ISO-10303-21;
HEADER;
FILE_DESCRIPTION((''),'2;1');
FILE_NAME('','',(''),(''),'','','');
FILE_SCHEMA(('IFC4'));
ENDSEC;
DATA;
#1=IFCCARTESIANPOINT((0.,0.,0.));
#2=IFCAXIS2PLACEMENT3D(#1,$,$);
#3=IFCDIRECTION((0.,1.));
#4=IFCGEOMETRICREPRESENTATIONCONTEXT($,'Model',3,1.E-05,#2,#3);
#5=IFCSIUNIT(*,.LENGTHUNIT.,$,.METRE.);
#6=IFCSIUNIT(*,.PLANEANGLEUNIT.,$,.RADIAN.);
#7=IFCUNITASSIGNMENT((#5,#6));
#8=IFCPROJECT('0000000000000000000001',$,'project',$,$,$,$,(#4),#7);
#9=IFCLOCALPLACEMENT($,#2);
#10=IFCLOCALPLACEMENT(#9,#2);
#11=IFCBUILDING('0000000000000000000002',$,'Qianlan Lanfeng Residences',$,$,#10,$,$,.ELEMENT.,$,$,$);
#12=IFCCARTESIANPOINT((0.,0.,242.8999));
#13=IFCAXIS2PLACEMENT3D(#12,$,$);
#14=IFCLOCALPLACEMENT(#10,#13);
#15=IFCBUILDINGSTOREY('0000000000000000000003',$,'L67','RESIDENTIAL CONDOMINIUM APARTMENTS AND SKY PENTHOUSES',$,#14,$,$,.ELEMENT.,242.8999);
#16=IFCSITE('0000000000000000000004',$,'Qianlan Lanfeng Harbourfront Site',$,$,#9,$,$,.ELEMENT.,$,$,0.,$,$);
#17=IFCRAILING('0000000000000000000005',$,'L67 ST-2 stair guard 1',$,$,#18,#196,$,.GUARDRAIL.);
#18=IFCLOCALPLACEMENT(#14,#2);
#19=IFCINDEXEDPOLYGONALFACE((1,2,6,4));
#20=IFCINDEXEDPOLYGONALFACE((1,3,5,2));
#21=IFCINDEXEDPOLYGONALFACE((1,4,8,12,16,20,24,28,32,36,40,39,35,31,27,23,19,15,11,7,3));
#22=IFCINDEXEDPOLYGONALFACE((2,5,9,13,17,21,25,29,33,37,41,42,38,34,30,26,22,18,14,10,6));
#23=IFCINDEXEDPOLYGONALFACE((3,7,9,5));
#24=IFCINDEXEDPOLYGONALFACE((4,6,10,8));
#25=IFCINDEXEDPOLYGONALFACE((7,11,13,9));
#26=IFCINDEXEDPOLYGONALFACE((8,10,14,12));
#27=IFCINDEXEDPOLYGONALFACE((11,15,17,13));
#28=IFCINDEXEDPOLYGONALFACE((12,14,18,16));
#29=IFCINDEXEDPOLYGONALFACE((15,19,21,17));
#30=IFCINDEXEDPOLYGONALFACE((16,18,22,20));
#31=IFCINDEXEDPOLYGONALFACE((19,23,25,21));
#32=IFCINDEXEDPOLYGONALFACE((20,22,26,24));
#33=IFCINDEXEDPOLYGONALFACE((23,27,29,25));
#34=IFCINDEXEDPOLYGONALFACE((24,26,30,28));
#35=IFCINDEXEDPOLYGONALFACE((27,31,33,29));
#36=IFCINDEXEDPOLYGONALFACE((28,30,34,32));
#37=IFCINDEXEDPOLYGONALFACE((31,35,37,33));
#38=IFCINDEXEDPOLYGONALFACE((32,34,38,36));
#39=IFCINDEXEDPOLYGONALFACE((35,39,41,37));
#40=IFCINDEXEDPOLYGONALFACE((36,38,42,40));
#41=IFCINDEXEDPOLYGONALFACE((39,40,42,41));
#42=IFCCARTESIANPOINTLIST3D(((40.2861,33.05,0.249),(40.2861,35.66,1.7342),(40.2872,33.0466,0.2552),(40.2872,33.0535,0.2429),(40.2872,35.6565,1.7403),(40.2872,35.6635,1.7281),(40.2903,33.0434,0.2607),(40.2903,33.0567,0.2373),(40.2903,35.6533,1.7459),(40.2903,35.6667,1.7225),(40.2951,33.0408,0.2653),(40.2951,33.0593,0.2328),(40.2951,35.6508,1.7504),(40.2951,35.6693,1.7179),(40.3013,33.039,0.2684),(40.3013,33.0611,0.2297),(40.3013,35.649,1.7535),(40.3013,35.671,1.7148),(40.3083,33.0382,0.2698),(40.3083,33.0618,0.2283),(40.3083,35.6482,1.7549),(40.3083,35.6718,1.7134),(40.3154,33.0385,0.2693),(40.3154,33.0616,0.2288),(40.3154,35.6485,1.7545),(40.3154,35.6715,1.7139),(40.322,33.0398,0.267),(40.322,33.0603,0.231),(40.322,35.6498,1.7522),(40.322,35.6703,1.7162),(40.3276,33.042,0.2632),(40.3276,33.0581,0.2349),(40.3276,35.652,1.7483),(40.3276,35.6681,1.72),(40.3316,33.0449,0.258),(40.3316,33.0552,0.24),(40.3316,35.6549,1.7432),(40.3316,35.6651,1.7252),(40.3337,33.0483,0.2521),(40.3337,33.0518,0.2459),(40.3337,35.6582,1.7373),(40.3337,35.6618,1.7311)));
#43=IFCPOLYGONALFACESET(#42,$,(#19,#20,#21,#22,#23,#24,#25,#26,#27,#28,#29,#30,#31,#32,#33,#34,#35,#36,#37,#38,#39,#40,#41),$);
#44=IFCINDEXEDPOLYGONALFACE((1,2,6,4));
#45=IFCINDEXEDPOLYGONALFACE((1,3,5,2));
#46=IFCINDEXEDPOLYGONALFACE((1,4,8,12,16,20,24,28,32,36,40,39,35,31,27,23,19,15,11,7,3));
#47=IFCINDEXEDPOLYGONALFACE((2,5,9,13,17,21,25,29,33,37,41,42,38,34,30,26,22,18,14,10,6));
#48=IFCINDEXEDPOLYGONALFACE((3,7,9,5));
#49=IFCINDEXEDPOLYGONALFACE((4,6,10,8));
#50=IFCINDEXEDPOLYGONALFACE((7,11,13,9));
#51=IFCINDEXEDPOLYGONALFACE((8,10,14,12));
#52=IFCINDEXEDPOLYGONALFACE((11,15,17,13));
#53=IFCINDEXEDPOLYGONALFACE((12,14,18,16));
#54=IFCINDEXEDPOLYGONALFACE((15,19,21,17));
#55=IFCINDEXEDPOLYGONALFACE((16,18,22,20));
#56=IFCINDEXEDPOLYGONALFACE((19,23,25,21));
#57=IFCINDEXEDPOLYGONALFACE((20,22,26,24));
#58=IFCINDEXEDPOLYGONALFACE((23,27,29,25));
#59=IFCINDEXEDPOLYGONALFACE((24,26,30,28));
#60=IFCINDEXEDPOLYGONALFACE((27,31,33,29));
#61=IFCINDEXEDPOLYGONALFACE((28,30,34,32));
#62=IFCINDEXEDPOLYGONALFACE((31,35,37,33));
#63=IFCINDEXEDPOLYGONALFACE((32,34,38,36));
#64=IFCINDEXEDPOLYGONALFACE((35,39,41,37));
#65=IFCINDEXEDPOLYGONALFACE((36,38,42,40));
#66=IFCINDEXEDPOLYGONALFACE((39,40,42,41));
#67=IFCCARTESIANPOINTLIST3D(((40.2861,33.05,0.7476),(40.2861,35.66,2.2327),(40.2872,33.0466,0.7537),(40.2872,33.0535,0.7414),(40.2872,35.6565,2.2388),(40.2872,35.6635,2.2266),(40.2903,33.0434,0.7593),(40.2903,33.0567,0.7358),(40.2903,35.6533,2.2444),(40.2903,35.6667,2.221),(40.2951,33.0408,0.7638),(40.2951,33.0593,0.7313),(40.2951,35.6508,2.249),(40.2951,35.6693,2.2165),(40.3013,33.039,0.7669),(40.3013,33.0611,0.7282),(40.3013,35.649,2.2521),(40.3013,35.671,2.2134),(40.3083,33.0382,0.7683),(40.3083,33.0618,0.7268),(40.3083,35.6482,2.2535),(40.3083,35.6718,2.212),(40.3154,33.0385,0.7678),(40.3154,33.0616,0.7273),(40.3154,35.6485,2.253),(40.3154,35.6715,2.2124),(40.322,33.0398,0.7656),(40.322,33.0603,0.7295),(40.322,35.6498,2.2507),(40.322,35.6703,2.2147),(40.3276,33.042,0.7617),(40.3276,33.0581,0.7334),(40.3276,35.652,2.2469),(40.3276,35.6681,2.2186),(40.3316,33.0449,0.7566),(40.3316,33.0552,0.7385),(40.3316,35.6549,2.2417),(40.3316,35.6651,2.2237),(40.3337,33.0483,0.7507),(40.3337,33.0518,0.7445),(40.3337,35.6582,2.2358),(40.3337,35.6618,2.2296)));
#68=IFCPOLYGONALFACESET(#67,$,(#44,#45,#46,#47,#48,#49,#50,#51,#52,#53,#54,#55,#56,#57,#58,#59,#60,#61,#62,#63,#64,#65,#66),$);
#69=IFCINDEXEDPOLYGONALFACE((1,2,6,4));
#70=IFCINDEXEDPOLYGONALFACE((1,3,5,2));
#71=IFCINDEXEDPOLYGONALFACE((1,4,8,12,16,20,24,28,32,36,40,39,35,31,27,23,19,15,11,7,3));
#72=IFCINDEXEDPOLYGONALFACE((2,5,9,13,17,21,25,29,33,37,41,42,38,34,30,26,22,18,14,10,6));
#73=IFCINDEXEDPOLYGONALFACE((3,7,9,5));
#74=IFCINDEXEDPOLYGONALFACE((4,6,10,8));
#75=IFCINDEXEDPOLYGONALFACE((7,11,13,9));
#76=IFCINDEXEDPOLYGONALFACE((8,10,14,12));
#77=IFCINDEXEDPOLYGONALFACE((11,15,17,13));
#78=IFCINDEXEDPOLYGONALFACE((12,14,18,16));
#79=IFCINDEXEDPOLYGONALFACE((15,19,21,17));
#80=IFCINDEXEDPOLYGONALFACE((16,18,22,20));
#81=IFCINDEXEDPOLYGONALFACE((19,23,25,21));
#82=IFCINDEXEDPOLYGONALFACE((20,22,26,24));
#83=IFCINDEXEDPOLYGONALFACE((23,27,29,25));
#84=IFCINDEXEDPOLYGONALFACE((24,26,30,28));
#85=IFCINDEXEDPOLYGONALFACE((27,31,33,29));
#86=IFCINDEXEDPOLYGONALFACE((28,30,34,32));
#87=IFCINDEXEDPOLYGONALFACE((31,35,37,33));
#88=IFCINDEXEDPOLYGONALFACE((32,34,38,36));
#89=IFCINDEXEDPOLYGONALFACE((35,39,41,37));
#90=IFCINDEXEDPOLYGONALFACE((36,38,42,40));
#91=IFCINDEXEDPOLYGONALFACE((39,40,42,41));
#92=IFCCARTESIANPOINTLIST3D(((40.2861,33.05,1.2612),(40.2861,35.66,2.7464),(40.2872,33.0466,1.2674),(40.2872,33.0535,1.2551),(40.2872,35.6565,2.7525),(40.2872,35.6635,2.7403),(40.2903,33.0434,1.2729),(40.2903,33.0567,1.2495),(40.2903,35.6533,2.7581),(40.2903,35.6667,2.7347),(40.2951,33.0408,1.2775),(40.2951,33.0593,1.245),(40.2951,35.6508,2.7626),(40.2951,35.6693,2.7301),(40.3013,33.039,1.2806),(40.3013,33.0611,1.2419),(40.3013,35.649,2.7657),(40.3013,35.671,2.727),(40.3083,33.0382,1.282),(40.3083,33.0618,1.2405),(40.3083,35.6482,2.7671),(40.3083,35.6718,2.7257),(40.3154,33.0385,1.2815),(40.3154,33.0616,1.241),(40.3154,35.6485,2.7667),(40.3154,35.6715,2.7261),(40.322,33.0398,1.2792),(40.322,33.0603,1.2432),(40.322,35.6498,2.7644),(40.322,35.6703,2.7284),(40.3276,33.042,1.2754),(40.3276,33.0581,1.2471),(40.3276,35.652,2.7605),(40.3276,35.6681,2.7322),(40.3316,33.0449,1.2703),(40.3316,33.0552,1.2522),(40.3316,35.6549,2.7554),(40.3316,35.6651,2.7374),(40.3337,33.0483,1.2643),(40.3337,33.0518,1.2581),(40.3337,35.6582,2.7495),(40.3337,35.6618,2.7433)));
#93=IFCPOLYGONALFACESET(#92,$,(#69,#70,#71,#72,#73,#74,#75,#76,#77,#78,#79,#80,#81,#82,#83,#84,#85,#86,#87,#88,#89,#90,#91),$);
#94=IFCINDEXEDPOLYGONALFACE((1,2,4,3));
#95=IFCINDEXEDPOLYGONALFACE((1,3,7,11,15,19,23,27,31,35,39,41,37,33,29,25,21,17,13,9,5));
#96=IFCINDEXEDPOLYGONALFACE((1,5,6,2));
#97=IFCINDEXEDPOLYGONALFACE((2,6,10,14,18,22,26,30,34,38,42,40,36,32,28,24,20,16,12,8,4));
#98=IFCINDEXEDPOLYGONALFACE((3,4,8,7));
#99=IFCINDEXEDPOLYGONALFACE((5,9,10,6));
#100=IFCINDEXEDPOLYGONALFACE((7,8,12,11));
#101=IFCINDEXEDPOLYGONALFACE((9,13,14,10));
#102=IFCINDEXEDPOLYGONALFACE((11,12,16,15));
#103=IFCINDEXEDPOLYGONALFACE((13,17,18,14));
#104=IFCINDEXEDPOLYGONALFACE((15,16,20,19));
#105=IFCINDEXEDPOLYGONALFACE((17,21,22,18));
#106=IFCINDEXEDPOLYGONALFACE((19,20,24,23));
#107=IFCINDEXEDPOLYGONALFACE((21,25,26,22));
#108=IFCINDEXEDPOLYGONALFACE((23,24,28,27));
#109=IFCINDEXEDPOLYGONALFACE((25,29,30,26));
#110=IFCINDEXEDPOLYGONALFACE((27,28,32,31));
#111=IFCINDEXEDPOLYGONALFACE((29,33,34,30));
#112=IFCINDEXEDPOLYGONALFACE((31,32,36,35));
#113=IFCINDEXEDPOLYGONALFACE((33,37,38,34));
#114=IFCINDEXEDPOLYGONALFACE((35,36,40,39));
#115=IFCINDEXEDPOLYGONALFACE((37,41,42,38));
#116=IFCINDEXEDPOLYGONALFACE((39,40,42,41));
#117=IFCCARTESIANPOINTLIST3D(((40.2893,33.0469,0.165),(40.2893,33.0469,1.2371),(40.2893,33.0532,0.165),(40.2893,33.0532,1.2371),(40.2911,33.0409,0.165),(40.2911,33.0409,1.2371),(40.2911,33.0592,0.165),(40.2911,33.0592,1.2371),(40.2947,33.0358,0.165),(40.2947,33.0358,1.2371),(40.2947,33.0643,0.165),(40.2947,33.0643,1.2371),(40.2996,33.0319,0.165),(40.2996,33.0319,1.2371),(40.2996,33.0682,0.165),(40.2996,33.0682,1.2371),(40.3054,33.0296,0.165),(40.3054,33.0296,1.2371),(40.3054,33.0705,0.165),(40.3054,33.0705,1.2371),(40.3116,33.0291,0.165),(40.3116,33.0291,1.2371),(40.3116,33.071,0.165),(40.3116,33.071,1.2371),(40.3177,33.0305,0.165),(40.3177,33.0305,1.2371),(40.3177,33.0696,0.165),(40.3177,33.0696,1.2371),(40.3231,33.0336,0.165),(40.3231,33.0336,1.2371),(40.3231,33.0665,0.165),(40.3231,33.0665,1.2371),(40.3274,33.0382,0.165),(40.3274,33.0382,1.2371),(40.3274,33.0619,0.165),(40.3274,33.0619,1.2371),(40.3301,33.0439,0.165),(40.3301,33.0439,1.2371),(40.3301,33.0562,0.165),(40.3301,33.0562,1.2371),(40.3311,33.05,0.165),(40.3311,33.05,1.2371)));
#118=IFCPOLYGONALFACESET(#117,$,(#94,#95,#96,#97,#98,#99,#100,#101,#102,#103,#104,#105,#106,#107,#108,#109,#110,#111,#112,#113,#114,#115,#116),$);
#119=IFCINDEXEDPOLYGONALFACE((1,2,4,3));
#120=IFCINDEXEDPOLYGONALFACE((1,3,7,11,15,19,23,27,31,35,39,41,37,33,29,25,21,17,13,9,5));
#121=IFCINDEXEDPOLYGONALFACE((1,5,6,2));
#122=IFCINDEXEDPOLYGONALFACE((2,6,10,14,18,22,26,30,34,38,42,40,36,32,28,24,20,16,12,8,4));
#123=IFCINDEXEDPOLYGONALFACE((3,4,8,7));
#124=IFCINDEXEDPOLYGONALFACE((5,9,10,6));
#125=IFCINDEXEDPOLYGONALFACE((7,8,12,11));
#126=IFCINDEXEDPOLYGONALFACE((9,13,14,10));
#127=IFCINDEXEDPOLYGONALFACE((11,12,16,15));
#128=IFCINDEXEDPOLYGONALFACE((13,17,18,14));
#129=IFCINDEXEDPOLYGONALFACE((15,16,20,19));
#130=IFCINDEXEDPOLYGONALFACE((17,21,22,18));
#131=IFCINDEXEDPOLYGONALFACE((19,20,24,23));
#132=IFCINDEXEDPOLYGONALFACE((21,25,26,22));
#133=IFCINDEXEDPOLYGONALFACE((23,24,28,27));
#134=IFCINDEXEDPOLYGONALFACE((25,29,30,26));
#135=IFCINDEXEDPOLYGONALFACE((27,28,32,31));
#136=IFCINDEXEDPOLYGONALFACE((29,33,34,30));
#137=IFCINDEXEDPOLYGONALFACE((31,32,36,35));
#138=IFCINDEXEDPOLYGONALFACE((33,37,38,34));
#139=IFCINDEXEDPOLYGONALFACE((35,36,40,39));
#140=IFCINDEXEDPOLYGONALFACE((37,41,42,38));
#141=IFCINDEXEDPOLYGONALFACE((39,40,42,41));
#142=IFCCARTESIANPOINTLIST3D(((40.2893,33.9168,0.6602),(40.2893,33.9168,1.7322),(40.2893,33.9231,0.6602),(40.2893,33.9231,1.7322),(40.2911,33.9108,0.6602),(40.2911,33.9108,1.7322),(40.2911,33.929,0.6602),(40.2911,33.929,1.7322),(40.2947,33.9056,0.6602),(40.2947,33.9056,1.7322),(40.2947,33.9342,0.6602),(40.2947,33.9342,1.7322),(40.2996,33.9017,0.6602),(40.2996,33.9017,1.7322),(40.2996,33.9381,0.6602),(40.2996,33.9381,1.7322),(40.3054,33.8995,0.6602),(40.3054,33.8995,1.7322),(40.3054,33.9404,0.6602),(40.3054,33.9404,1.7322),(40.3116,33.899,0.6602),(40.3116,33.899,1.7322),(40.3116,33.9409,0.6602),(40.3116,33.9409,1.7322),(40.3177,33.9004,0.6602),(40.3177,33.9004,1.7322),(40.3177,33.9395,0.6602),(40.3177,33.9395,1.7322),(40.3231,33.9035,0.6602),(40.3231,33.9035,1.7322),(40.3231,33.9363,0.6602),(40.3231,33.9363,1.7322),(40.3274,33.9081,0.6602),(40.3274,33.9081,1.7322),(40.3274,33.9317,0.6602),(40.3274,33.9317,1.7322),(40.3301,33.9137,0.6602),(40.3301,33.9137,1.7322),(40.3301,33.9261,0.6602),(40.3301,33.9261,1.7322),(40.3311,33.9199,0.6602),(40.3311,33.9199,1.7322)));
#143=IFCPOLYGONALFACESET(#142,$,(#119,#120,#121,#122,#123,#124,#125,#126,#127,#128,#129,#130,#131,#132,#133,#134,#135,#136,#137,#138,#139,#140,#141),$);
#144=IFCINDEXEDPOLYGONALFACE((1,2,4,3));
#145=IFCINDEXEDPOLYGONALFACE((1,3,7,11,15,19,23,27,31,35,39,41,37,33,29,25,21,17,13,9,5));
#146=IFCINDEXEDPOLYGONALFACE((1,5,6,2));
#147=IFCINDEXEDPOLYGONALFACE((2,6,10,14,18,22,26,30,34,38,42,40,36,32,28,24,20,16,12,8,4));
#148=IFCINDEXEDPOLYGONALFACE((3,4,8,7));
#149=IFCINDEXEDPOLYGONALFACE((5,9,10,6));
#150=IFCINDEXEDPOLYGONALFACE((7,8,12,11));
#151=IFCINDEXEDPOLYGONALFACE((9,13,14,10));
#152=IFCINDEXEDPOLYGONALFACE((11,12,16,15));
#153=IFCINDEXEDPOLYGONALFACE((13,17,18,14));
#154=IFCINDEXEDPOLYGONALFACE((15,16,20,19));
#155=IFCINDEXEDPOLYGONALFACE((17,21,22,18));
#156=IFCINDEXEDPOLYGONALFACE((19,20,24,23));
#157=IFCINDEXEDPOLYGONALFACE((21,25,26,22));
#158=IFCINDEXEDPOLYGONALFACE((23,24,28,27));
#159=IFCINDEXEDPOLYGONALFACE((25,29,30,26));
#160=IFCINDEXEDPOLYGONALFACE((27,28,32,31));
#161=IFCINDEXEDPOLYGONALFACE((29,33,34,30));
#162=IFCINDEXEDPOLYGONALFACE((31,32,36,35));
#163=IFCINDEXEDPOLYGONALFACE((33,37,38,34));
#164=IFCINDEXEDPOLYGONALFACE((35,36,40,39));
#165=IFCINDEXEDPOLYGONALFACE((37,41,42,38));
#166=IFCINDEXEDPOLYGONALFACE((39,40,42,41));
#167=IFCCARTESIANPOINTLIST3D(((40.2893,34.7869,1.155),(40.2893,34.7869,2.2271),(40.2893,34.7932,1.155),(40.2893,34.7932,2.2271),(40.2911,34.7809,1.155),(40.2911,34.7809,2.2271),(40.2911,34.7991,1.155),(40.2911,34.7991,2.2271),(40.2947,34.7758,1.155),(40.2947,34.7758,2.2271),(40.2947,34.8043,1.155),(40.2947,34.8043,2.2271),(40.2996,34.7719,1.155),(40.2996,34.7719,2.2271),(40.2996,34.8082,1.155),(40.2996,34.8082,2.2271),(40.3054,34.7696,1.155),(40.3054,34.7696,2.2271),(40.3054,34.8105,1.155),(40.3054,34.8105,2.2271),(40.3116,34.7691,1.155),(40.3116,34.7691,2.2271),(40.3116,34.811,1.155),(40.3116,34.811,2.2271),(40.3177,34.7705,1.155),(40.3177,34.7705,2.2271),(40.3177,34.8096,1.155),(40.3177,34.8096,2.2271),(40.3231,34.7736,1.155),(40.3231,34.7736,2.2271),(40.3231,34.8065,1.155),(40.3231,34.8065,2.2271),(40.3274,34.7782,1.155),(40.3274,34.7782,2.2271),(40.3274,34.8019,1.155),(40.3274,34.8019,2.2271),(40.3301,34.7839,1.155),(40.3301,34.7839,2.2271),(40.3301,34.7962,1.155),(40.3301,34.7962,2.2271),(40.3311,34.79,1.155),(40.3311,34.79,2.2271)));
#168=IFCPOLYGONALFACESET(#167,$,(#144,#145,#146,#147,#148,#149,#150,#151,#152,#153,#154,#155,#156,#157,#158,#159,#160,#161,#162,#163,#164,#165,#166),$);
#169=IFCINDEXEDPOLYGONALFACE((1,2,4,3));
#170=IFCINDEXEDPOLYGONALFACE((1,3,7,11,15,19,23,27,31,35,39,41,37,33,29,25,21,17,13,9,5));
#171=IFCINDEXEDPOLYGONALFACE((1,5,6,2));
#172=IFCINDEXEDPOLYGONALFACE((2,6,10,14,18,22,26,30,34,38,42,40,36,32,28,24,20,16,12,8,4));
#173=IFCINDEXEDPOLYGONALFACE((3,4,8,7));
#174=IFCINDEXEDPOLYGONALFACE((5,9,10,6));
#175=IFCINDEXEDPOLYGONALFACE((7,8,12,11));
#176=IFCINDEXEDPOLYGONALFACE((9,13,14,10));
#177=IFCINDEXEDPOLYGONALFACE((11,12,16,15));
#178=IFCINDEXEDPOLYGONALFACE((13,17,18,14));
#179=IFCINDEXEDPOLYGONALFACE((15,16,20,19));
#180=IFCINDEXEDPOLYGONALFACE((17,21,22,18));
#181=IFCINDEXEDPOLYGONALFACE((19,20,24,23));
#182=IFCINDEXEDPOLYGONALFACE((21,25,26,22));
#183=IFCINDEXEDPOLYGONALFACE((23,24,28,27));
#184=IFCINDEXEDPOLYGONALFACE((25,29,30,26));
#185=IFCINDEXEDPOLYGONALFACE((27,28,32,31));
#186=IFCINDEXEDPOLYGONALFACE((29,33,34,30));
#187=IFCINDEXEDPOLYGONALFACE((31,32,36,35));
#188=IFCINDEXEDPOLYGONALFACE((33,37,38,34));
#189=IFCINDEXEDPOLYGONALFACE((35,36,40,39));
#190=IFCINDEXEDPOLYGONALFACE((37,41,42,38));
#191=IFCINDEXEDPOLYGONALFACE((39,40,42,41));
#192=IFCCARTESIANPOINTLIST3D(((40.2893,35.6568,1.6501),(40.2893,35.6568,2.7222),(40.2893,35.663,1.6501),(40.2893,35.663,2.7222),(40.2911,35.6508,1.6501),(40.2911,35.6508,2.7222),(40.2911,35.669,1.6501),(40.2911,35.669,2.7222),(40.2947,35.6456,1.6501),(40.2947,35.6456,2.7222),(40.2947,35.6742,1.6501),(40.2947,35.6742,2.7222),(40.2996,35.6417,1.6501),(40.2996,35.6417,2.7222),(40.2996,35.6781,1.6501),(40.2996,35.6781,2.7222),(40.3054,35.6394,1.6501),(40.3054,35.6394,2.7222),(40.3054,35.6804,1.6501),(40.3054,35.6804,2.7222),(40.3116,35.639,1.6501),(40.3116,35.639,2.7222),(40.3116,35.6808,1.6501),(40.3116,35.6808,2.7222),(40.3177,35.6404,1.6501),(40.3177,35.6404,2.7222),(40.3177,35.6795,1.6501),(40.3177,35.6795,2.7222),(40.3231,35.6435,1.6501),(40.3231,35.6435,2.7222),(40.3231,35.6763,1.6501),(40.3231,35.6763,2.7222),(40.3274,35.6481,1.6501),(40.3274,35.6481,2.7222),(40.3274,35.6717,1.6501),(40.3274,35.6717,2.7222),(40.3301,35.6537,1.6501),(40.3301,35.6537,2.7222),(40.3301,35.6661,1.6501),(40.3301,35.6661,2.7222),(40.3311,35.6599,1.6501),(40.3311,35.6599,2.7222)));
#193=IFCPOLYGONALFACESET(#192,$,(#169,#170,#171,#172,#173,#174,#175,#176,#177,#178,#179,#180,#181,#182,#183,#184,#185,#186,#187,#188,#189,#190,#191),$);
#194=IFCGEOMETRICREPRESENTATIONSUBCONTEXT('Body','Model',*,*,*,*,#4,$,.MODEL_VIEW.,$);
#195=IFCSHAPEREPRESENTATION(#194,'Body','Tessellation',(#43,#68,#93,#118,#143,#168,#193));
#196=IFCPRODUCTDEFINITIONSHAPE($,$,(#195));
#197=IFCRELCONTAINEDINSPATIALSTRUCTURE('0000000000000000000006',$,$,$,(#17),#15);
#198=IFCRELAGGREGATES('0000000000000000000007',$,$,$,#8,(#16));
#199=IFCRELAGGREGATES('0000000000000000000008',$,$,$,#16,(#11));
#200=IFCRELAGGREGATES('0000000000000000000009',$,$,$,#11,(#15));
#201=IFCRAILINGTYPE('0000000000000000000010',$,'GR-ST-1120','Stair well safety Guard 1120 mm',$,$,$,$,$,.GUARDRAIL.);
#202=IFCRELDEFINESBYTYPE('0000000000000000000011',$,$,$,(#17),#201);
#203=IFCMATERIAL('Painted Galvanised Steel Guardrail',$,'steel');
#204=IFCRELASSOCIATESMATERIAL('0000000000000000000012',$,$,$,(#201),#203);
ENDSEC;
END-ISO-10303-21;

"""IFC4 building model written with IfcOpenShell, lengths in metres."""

from ifc_helpers import new_model, si_unit, direction, frame, origin, origin_2d, place, context, subcontext, project, spatial, circle, extrude, material, type_object, element, save


model = new_model("IFC4")

# Units and contexts
model_context = context("Model", 3, precision=1e-05, world=origin(), true_north=direction((0.0, 1.0)))
body_context = subcontext(model_context, "Body", "Model", "MODEL_VIEW")
ifc_project = project(units=[si_unit("LENGTHUNIT", "METRE"), si_unit("PLANEANGLEUNIT", "RADIAN")], contexts=[model_context])

# Site, building, storey
site_placement = place(None, origin())
site = spatial("IfcSite", under=ifc_project, at=site_placement, Name="Qianlan Lanfeng Harbourfront Site", CompositionType="ELEMENT", RefElevation=0.0)
building_placement = place(site_placement, origin())
building = spatial("IfcBuilding", under=site, at=building_placement, Name="Qianlan Lanfeng Residences", CompositionType="ELEMENT")
storey_placement = place(building_placement, frame((0.0, 0.0, 242.8999)))
storey = spatial("IfcBuildingStorey", under=building, at=storey_placement, Name="L67", Description="RESIDENTIAL CONDOMINIUM APARTMENTS AND SKY PENTHOUSES", CompositionType="ELEMENT", Elevation=242.8999)

# Railing
ifc_material_1 = material(Name="Painted Galvanised Steel Guardrail", Category="steel")
railing_type_1 = type_object("IfcRailingType", Name="GR-ST-1120", Description="Stair well safety Guard 1120 mm", PredefinedType="GUARDRAIL", material=ifc_material_1)
railing_1_placement = place(storey_placement, frame((40.3101, 33.05, 0.165)))
element("IfcRailing", 1, at=railing_1_placement, inside=storey, type_object=railing_type_1, Name="L67 ST-2 stair guard 1", PredefinedType="GUARDRAIL", context=body_context, shape_type="SweptSolid", body=[
    extrude(circle(Radius=0.0239, at=origin_2d()), frame((0.0, 0.0, 0.084), z_axis=(0.0, 0.869137, 0.494571), x_axis=(-1.0, 0.0, 0.0)), (0.0, 0.0, 1.0), 3.0029),
    extrude(circle(Radius=0.0239, at=origin_2d()), frame((0.0, 0.0, 0.5825), z_axis=(0.0, 0.869137, 0.494571), x_axis=(-1.0, 0.0, 0.0)), (0.0, 0.0, 1.0), 3.0029),
    extrude(circle(Radius=0.0239, at=origin_2d()), frame((0.0, 0.0, 1.0962), z_axis=(0.0, 0.869137, 0.494571), x_axis=(-1.0, 0.0, 0.0)), (0.0, 0.0, 1.0), 3.0029),
    extrude(circle(Radius=0.021, at=origin_2d()), origin(), (0.0, 0.0, 1.0), 1.072),
    extrude(circle(Radius=0.021, at=origin_2d()), frame((0.0, 0.8699, 0.4951)), (0.0, 0.0, 1.0), 1.072),
    extrude(circle(Radius=0.021, at=origin_2d()), frame((0.0, 1.74, 0.99)), (0.0, 0.0, 1.0), 1.072),
    extrude(circle(Radius=0.021, at=origin_2d()), frame((0.0, 2.6099, 1.4851)), (0.0, 0.0, 1.0), 1.072),
])

save(model, "model.ifc")
